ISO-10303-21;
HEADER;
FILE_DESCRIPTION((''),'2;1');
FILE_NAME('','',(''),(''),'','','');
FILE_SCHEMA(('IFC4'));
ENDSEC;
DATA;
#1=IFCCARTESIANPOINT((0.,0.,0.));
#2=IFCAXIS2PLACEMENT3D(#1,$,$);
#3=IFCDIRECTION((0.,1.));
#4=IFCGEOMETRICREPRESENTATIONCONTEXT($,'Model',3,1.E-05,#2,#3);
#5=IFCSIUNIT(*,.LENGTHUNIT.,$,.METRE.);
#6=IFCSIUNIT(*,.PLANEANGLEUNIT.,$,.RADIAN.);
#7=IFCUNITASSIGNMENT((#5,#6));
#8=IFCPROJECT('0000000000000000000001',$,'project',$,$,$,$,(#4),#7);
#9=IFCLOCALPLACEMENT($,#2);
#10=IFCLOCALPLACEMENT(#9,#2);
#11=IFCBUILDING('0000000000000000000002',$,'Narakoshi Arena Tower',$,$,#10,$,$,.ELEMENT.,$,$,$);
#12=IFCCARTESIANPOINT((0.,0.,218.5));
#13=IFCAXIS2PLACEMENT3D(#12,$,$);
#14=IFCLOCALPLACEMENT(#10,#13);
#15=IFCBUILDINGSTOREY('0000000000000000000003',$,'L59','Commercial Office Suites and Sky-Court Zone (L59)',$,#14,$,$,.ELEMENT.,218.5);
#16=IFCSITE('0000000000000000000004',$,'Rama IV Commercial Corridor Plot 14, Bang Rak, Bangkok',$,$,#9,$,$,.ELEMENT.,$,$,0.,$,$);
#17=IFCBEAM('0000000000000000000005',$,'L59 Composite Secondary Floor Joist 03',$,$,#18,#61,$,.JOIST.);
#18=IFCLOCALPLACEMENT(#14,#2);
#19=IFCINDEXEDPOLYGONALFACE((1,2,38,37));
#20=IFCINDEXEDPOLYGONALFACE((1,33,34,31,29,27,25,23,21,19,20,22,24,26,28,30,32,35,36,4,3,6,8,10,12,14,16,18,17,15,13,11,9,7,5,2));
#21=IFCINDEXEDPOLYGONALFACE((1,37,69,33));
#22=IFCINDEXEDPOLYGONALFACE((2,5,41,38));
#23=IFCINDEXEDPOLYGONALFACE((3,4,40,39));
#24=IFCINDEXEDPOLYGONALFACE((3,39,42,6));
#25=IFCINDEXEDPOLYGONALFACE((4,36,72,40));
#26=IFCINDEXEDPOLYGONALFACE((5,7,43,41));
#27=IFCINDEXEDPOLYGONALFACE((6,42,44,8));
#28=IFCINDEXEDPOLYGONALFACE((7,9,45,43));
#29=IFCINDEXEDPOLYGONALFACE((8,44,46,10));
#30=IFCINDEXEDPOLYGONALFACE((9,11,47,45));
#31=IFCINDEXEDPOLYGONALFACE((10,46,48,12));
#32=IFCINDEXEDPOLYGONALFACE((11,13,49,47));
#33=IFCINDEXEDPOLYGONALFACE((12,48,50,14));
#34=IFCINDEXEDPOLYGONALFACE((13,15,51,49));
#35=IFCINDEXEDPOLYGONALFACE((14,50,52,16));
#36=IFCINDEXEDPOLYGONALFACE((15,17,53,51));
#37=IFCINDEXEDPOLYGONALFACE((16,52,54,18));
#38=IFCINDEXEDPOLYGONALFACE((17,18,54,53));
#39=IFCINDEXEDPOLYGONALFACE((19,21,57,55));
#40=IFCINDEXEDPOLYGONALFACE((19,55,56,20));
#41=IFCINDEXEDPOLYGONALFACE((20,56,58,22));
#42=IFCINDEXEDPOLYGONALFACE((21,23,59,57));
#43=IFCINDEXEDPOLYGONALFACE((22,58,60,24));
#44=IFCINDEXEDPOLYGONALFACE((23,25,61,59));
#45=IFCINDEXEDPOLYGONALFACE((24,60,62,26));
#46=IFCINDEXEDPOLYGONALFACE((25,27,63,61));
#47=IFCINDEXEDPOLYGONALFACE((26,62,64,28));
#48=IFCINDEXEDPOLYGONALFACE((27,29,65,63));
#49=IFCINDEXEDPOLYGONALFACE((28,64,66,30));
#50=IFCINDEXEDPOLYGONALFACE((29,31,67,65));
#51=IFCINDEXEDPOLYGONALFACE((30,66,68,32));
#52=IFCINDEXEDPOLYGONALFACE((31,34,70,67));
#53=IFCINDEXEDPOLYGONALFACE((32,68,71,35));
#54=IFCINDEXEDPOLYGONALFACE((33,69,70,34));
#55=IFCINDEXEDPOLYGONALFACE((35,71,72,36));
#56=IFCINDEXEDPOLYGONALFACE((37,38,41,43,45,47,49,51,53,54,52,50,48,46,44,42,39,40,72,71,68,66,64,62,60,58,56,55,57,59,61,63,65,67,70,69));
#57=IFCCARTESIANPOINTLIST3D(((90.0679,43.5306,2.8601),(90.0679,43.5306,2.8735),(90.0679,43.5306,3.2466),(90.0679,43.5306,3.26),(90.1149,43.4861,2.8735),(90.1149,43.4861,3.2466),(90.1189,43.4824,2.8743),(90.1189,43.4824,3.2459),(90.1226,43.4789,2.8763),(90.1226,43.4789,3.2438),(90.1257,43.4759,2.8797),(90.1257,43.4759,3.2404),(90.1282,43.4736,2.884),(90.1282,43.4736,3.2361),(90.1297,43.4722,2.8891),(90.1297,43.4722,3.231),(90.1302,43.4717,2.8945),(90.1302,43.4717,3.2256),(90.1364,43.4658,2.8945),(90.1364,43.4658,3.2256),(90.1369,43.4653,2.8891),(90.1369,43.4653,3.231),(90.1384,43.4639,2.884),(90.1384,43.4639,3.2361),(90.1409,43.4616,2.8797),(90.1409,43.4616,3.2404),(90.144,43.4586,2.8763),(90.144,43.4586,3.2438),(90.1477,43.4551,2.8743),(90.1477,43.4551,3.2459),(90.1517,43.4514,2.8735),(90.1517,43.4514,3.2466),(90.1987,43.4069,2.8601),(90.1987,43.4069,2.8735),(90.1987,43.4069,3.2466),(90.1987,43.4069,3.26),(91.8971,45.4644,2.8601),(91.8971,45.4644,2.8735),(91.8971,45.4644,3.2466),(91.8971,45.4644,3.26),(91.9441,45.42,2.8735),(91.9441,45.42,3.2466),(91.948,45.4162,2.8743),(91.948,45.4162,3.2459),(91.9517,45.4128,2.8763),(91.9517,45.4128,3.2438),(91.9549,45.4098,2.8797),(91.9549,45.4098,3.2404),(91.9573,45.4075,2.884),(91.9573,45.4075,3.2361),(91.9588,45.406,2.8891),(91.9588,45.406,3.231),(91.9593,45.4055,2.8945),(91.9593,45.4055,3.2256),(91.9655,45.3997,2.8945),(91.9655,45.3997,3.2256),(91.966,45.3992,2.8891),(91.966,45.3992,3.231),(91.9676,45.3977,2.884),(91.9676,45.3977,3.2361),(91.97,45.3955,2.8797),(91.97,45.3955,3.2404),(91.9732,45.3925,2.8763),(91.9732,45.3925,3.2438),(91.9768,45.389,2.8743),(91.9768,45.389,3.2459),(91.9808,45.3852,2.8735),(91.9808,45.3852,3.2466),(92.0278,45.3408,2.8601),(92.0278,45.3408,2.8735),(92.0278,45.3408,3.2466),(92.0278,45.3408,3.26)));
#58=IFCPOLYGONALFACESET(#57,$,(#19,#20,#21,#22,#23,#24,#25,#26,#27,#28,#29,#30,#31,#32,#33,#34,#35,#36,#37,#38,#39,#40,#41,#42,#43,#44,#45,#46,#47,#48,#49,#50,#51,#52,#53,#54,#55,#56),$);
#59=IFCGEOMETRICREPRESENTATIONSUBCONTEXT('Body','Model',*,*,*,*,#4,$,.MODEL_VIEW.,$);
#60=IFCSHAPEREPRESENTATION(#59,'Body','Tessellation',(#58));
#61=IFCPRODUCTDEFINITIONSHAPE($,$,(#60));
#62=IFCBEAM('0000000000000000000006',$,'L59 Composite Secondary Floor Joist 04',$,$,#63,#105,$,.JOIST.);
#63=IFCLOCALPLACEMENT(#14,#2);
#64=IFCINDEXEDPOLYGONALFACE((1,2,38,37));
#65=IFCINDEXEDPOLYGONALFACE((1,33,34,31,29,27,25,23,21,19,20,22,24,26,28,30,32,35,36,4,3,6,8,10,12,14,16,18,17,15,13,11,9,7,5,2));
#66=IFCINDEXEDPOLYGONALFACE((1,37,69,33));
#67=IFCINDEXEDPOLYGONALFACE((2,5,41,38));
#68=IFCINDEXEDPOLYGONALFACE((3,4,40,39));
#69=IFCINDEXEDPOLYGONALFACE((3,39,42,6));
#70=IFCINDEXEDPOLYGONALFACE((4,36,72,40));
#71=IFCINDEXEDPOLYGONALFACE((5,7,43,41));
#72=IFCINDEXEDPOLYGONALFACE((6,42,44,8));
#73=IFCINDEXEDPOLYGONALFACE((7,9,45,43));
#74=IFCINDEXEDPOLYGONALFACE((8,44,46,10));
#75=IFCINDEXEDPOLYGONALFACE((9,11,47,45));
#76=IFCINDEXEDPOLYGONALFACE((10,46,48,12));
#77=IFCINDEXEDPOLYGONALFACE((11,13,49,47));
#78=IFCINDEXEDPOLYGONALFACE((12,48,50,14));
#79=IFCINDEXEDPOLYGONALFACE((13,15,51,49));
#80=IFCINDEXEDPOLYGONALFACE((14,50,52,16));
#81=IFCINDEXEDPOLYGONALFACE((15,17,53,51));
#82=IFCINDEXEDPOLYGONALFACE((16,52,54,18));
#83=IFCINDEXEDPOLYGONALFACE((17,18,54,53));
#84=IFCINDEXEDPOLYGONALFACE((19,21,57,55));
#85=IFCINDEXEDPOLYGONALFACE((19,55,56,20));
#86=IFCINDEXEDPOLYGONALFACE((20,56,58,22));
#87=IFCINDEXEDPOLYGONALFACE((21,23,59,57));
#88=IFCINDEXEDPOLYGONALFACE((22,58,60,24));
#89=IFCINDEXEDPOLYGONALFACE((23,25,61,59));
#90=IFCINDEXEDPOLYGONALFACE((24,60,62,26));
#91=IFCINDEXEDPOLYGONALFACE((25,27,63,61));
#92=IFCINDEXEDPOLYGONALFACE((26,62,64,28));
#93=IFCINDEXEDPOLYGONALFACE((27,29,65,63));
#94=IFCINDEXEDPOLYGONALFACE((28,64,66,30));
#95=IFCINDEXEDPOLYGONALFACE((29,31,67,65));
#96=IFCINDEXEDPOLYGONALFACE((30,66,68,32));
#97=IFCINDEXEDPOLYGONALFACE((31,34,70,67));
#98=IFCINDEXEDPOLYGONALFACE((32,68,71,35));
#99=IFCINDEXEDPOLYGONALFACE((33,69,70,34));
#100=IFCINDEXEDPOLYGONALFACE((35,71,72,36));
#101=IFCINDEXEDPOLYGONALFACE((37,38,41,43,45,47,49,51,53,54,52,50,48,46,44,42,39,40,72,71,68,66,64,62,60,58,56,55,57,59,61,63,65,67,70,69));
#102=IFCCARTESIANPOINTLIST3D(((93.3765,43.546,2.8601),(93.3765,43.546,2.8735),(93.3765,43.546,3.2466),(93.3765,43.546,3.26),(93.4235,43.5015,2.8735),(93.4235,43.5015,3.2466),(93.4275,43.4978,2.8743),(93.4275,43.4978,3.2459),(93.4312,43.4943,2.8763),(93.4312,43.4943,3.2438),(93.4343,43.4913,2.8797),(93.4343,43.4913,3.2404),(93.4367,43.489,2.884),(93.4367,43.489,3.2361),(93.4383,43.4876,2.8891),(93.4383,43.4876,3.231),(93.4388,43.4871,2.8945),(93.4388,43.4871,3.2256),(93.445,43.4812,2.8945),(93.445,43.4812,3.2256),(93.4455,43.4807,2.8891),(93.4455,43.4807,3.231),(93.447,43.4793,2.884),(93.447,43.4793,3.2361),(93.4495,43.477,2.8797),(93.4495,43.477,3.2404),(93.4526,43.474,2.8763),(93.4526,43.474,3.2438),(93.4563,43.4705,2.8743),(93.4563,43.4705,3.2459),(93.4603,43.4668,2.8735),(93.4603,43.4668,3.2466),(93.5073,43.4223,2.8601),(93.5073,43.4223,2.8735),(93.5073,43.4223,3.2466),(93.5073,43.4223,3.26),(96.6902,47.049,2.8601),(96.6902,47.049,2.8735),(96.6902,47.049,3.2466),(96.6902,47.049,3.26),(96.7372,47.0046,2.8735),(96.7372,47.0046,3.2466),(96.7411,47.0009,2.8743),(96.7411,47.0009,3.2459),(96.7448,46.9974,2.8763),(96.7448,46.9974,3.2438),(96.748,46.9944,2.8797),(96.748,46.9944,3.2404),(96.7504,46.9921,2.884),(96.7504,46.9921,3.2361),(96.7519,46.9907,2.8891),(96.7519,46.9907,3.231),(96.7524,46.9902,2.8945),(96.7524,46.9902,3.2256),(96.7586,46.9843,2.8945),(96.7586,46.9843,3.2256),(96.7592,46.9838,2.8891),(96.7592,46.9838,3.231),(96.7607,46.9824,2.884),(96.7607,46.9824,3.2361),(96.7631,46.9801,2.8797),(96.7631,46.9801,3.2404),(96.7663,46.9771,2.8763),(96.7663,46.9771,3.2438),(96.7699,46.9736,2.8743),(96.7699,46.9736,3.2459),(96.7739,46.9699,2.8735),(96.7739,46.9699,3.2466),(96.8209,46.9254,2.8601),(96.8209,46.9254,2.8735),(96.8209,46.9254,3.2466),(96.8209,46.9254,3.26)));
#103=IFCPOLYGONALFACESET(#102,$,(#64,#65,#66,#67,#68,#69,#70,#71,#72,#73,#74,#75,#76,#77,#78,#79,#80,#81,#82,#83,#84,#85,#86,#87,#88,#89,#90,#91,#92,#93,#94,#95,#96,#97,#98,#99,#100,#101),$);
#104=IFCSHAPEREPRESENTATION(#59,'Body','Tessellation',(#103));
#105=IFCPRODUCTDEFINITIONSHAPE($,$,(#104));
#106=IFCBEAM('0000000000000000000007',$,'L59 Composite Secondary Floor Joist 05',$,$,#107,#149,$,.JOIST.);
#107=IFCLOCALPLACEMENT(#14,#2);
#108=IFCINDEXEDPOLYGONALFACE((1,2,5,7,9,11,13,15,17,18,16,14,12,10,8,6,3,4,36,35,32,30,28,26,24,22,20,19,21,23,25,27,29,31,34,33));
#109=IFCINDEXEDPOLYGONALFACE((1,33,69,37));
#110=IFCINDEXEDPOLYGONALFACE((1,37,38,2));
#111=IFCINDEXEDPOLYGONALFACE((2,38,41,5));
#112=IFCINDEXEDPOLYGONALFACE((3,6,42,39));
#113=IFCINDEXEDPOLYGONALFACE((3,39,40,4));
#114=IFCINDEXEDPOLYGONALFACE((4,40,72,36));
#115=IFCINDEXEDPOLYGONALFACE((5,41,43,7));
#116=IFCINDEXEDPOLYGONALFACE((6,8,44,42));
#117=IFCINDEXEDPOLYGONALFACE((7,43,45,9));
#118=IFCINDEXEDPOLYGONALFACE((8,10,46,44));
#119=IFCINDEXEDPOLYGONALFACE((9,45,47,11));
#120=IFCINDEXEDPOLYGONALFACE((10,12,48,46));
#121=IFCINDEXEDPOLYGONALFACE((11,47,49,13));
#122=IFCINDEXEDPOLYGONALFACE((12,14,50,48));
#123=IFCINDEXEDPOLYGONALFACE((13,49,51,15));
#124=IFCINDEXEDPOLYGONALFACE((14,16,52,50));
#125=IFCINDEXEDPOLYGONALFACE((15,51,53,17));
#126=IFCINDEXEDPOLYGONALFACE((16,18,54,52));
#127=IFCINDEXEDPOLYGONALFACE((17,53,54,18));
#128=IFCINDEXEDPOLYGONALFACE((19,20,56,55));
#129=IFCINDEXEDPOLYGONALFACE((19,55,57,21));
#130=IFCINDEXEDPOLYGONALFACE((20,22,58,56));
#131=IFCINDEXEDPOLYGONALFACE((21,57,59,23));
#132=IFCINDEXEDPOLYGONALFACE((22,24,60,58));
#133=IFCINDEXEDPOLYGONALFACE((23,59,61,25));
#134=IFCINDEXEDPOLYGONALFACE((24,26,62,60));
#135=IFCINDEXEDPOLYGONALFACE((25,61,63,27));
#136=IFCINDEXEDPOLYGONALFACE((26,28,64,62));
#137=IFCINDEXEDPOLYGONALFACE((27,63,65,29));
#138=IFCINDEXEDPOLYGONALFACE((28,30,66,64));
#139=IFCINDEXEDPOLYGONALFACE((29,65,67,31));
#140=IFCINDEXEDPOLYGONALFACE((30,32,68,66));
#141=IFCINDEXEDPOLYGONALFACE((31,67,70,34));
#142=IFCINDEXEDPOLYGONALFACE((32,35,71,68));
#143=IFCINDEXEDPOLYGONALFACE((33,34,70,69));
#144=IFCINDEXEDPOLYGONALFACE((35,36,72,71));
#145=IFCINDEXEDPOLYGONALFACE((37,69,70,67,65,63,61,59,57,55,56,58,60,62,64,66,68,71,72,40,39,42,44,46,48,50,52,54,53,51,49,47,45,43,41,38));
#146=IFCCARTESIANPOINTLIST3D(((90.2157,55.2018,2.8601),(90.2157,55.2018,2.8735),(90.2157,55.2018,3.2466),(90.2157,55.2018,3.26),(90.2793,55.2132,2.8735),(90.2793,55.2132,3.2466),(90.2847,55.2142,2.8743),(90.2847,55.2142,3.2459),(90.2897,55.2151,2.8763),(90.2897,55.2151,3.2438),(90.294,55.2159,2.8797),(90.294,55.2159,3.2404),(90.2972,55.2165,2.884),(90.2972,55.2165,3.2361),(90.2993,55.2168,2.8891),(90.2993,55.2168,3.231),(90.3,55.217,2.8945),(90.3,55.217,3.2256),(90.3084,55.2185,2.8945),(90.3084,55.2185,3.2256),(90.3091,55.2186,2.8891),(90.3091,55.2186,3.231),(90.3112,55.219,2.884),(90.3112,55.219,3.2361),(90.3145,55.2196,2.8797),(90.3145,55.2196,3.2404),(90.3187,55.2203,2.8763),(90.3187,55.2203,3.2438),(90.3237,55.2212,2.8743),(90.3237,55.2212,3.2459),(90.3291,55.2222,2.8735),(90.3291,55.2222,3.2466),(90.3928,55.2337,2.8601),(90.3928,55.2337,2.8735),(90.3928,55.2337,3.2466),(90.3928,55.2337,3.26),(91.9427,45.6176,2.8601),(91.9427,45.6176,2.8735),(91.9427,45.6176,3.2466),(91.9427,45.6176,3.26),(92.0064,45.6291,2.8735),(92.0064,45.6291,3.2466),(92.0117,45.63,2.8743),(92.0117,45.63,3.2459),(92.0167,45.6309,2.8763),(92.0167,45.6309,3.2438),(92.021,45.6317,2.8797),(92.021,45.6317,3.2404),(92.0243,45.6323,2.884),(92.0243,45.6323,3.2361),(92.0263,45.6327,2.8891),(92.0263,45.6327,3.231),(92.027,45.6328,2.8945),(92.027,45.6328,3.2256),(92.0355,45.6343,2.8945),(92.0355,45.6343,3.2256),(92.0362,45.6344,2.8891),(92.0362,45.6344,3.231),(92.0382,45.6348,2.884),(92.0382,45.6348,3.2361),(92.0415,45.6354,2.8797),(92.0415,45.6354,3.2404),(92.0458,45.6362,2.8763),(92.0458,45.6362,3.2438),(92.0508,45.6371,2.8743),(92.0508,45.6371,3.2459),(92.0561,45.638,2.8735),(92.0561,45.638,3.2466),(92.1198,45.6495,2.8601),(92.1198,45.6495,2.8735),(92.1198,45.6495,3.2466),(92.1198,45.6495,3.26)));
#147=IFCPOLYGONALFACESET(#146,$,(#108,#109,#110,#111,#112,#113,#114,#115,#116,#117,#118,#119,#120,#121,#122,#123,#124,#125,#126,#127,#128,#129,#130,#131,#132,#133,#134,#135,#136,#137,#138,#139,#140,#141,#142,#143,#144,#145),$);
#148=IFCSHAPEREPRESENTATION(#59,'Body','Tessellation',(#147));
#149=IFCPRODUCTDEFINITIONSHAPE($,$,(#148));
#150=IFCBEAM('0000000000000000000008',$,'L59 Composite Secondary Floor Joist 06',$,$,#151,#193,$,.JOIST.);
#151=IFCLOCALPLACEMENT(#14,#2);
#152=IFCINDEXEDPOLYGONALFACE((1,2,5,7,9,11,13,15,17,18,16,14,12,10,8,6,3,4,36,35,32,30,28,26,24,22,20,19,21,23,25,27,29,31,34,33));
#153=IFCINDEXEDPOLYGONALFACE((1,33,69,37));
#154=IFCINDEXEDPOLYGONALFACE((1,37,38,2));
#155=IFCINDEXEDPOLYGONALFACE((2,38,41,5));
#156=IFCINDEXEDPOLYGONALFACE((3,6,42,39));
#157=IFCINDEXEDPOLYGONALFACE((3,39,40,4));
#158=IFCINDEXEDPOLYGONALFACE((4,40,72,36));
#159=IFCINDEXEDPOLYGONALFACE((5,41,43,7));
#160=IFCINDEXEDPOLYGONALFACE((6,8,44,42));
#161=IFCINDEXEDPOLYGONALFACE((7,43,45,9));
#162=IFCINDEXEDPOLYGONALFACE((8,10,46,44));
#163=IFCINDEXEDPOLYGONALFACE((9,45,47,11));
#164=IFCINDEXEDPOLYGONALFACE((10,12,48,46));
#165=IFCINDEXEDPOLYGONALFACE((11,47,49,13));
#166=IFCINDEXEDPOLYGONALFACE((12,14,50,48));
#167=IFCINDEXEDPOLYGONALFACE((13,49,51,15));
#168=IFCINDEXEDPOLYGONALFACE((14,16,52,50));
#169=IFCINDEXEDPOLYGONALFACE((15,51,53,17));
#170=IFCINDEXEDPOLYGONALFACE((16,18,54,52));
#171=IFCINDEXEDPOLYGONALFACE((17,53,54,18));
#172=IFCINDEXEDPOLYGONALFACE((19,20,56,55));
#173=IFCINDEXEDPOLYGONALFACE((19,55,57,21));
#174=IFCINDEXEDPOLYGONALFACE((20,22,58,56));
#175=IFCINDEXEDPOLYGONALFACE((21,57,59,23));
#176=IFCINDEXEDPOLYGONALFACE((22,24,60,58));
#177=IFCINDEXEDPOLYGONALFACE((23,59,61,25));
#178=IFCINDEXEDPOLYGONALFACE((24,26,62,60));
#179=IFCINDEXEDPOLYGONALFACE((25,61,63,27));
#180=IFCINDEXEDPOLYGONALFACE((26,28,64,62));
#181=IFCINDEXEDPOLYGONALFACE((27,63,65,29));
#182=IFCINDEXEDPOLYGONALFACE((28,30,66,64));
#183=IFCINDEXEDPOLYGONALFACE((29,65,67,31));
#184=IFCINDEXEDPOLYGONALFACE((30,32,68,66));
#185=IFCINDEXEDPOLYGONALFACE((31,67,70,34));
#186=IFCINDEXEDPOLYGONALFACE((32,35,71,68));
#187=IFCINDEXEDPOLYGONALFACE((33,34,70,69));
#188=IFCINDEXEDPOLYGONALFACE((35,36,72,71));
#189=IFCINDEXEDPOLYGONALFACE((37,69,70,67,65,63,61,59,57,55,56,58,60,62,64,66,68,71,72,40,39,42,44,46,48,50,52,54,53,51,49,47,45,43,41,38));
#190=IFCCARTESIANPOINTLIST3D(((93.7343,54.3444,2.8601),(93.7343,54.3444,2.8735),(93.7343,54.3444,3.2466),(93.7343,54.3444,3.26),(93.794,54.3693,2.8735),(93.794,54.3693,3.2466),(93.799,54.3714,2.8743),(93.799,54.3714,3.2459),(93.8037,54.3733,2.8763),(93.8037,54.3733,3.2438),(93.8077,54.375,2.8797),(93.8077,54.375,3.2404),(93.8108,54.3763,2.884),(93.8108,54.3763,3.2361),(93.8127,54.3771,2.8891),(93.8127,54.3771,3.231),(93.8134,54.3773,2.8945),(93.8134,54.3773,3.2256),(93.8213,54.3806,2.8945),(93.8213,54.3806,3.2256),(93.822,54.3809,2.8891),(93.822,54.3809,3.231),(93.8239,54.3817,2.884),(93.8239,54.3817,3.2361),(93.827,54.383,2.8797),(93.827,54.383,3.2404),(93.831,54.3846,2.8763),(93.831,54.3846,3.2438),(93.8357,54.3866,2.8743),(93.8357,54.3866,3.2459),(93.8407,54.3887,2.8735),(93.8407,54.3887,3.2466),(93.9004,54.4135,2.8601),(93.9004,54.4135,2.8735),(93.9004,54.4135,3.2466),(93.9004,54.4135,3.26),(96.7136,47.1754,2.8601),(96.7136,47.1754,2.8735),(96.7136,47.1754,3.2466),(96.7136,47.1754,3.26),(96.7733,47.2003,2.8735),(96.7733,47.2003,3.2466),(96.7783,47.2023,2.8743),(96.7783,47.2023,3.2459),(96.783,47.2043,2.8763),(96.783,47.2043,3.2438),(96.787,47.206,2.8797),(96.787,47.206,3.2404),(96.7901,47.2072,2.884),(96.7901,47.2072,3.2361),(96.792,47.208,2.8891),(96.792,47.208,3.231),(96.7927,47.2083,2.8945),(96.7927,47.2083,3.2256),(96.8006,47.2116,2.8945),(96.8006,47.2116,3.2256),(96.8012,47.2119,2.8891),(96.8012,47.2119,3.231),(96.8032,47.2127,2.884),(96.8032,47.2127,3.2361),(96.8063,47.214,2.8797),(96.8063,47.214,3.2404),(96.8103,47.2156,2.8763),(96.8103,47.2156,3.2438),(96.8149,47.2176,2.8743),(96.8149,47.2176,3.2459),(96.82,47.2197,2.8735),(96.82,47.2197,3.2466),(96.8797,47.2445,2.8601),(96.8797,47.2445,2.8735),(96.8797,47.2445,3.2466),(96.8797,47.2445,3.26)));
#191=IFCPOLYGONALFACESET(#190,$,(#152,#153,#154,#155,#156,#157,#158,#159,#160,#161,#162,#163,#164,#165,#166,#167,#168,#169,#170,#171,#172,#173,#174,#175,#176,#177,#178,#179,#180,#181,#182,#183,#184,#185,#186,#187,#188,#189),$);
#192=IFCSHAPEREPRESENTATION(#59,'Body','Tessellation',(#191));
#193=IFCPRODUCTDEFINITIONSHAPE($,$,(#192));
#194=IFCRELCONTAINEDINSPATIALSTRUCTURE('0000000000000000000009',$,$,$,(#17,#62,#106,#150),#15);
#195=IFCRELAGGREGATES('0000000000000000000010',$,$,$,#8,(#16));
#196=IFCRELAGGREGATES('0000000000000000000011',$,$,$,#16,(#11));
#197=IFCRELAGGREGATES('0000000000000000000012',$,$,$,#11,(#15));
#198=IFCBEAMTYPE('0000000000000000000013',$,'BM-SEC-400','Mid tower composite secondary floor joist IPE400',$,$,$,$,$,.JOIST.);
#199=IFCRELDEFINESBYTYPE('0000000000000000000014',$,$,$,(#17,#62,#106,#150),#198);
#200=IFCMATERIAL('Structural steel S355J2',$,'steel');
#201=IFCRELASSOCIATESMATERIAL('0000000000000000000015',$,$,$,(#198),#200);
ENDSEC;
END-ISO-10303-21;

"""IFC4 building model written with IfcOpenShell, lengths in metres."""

from ifc_helpers import new_model, si_unit, direction, frame, origin, origin_2d, place, context, subcontext, project, spatial, i_section, extrude, material, material_profile, profile_set, type_object, element, save


model = new_model("IFC4")

# Units and contexts
model_context = context("Model", 3, precision=1e-05, world=origin(), true_north=direction((0.0, 1.0)))
body_context = subcontext(model_context, "Body", "Model", "MODEL_VIEW")
ifc_project = project(units=[si_unit("LENGTHUNIT", "METRE"), si_unit("PLANEANGLEUNIT", "RADIAN")], contexts=[model_context])

# Site, building, storey
site_placement = place(None, origin())
site = spatial("IfcSite", under=ifc_project, at=site_placement, Name="Rama IV Commercial Corridor Plot 14, Bang Rak, Bangkok", CompositionType="ELEMENT", RefElevation=0.0)
building_placement = place(site_placement, origin())
building = spatial("IfcBuilding", under=site, at=building_placement, Name="Narakoshi Arena Tower", CompositionType="ELEMENT")
storey_placement = place(building_placement, frame((0.0, 0.0, 218.5)))
storey = spatial("IfcBuildingStorey", under=building, at=storey_placement, Name="L59", Description="Commercial Office Suites and Sky-Court Zone (L59)", CompositionType="ELEMENT", Elevation=218.5)

# Beams
ifc_material_1 = material(Name="Structural steel S355J2", Category="steel")
ifc_material_profile_1 = material_profile(ifc_material_1, i_section(OverallWidth=0.1799, OverallDepth=0.3999, WebThickness=0.0085, FlangeThickness=0.0134, FilletRadius=0.021, at=origin_2d()), Name="IPE400")
ifc_profile_set_1 = profile_set([ifc_material_profile_1], Name="Structural steel S355J2")
beam_type_1 = type_object("IfcBeamType", Name="BM-SEC-400", Description="Mid tower composite secondary floor joist IPE400", PredefinedType="JOIST", material=ifc_profile_set_1)
beam_1_placement = place(storey_placement, frame((90.1333, 43.4688, 3.0601), z_axis=(0.687159, 0.726507, 0.0), x_axis=(-0.726507, 0.687159, 0.0)))
element("IfcBeam", 1, at=beam_1_placement, inside=storey, type_object=beam_type_1, Name="L59 Composite Secondary Floor Joist 03", PredefinedType="JOIST", context=body_context, shape_type="SweptSolid", body=[
    extrude(i_section(OverallWidth=0.1799, OverallDepth=0.3999, WebThickness=0.0085, FlangeThickness=0.0134, FilletRadius=0.021, at=origin_2d()), origin(), (0.0, 0.0, 1.0), 2.6619),
])
beam_2_placement = place(storey_placement, frame((93.4419, 43.4841, 3.0601), z_axis=(0.68719, 0.726478, 0.0), x_axis=(-0.726478, 0.68719, 0.0)))
element("IfcBeam", 2, at=beam_2_placement, inside=storey, type_object=beam_type_1, Name="L59 Composite Secondary Floor Joist 04", PredefinedType="JOIST", context=body_context, shape_type="SweptSolid", body=[
    extrude(i_section(OverallWidth=0.1799, OverallDepth=0.3999, WebThickness=0.0085, FlangeThickness=0.0134, FilletRadius=0.021, at=origin_2d()), origin(), (0.0, 0.0, 1.0), 4.822),
])
beam_3_placement = place(storey_placement, frame((92.0312, 45.6335, 3.0601), z_axis=(-0.177341, 0.984149, 0.0), x_axis=(-0.984149, -0.177341, 0.0)))
element("IfcBeam", 3, at=beam_3_placement, inside=storey, type_object=beam_type_1, Name="L59 Composite Secondary Floor Joist 05", PredefinedType="JOIST", context=body_context, shape_type="SweptSolid", body=[
    extrude(i_section(OverallWidth=0.1799, OverallDepth=0.3999, WebThickness=0.0085, FlangeThickness=0.0134, FilletRadius=0.021, at=origin_2d()), origin(), (0.0, 0.0, 1.0), 9.7385),
])
beam_4_placement = place(storey_placement, frame((96.7966, 47.21, 3.0601), z_axis=(-0.383758, 0.923434, 0.0), x_axis=(-0.923434, -0.383758, 0.0)))
element("IfcBeam", 4, at=beam_4_placement, inside=storey, type_object=beam_type_1, Name="L59 Composite Secondary Floor Joist 06", PredefinedType="JOIST", context=body_context, shape_type="SweptSolid", body=[
    extrude(i_section(OverallWidth=0.1799, OverallDepth=0.3999, WebThickness=0.0085, FlangeThickness=0.0134, FilletRadius=0.021, at=origin_2d()), origin(), (0.0, 0.0, 1.0), 7.7634),
])

save(model, "model.ifc")
